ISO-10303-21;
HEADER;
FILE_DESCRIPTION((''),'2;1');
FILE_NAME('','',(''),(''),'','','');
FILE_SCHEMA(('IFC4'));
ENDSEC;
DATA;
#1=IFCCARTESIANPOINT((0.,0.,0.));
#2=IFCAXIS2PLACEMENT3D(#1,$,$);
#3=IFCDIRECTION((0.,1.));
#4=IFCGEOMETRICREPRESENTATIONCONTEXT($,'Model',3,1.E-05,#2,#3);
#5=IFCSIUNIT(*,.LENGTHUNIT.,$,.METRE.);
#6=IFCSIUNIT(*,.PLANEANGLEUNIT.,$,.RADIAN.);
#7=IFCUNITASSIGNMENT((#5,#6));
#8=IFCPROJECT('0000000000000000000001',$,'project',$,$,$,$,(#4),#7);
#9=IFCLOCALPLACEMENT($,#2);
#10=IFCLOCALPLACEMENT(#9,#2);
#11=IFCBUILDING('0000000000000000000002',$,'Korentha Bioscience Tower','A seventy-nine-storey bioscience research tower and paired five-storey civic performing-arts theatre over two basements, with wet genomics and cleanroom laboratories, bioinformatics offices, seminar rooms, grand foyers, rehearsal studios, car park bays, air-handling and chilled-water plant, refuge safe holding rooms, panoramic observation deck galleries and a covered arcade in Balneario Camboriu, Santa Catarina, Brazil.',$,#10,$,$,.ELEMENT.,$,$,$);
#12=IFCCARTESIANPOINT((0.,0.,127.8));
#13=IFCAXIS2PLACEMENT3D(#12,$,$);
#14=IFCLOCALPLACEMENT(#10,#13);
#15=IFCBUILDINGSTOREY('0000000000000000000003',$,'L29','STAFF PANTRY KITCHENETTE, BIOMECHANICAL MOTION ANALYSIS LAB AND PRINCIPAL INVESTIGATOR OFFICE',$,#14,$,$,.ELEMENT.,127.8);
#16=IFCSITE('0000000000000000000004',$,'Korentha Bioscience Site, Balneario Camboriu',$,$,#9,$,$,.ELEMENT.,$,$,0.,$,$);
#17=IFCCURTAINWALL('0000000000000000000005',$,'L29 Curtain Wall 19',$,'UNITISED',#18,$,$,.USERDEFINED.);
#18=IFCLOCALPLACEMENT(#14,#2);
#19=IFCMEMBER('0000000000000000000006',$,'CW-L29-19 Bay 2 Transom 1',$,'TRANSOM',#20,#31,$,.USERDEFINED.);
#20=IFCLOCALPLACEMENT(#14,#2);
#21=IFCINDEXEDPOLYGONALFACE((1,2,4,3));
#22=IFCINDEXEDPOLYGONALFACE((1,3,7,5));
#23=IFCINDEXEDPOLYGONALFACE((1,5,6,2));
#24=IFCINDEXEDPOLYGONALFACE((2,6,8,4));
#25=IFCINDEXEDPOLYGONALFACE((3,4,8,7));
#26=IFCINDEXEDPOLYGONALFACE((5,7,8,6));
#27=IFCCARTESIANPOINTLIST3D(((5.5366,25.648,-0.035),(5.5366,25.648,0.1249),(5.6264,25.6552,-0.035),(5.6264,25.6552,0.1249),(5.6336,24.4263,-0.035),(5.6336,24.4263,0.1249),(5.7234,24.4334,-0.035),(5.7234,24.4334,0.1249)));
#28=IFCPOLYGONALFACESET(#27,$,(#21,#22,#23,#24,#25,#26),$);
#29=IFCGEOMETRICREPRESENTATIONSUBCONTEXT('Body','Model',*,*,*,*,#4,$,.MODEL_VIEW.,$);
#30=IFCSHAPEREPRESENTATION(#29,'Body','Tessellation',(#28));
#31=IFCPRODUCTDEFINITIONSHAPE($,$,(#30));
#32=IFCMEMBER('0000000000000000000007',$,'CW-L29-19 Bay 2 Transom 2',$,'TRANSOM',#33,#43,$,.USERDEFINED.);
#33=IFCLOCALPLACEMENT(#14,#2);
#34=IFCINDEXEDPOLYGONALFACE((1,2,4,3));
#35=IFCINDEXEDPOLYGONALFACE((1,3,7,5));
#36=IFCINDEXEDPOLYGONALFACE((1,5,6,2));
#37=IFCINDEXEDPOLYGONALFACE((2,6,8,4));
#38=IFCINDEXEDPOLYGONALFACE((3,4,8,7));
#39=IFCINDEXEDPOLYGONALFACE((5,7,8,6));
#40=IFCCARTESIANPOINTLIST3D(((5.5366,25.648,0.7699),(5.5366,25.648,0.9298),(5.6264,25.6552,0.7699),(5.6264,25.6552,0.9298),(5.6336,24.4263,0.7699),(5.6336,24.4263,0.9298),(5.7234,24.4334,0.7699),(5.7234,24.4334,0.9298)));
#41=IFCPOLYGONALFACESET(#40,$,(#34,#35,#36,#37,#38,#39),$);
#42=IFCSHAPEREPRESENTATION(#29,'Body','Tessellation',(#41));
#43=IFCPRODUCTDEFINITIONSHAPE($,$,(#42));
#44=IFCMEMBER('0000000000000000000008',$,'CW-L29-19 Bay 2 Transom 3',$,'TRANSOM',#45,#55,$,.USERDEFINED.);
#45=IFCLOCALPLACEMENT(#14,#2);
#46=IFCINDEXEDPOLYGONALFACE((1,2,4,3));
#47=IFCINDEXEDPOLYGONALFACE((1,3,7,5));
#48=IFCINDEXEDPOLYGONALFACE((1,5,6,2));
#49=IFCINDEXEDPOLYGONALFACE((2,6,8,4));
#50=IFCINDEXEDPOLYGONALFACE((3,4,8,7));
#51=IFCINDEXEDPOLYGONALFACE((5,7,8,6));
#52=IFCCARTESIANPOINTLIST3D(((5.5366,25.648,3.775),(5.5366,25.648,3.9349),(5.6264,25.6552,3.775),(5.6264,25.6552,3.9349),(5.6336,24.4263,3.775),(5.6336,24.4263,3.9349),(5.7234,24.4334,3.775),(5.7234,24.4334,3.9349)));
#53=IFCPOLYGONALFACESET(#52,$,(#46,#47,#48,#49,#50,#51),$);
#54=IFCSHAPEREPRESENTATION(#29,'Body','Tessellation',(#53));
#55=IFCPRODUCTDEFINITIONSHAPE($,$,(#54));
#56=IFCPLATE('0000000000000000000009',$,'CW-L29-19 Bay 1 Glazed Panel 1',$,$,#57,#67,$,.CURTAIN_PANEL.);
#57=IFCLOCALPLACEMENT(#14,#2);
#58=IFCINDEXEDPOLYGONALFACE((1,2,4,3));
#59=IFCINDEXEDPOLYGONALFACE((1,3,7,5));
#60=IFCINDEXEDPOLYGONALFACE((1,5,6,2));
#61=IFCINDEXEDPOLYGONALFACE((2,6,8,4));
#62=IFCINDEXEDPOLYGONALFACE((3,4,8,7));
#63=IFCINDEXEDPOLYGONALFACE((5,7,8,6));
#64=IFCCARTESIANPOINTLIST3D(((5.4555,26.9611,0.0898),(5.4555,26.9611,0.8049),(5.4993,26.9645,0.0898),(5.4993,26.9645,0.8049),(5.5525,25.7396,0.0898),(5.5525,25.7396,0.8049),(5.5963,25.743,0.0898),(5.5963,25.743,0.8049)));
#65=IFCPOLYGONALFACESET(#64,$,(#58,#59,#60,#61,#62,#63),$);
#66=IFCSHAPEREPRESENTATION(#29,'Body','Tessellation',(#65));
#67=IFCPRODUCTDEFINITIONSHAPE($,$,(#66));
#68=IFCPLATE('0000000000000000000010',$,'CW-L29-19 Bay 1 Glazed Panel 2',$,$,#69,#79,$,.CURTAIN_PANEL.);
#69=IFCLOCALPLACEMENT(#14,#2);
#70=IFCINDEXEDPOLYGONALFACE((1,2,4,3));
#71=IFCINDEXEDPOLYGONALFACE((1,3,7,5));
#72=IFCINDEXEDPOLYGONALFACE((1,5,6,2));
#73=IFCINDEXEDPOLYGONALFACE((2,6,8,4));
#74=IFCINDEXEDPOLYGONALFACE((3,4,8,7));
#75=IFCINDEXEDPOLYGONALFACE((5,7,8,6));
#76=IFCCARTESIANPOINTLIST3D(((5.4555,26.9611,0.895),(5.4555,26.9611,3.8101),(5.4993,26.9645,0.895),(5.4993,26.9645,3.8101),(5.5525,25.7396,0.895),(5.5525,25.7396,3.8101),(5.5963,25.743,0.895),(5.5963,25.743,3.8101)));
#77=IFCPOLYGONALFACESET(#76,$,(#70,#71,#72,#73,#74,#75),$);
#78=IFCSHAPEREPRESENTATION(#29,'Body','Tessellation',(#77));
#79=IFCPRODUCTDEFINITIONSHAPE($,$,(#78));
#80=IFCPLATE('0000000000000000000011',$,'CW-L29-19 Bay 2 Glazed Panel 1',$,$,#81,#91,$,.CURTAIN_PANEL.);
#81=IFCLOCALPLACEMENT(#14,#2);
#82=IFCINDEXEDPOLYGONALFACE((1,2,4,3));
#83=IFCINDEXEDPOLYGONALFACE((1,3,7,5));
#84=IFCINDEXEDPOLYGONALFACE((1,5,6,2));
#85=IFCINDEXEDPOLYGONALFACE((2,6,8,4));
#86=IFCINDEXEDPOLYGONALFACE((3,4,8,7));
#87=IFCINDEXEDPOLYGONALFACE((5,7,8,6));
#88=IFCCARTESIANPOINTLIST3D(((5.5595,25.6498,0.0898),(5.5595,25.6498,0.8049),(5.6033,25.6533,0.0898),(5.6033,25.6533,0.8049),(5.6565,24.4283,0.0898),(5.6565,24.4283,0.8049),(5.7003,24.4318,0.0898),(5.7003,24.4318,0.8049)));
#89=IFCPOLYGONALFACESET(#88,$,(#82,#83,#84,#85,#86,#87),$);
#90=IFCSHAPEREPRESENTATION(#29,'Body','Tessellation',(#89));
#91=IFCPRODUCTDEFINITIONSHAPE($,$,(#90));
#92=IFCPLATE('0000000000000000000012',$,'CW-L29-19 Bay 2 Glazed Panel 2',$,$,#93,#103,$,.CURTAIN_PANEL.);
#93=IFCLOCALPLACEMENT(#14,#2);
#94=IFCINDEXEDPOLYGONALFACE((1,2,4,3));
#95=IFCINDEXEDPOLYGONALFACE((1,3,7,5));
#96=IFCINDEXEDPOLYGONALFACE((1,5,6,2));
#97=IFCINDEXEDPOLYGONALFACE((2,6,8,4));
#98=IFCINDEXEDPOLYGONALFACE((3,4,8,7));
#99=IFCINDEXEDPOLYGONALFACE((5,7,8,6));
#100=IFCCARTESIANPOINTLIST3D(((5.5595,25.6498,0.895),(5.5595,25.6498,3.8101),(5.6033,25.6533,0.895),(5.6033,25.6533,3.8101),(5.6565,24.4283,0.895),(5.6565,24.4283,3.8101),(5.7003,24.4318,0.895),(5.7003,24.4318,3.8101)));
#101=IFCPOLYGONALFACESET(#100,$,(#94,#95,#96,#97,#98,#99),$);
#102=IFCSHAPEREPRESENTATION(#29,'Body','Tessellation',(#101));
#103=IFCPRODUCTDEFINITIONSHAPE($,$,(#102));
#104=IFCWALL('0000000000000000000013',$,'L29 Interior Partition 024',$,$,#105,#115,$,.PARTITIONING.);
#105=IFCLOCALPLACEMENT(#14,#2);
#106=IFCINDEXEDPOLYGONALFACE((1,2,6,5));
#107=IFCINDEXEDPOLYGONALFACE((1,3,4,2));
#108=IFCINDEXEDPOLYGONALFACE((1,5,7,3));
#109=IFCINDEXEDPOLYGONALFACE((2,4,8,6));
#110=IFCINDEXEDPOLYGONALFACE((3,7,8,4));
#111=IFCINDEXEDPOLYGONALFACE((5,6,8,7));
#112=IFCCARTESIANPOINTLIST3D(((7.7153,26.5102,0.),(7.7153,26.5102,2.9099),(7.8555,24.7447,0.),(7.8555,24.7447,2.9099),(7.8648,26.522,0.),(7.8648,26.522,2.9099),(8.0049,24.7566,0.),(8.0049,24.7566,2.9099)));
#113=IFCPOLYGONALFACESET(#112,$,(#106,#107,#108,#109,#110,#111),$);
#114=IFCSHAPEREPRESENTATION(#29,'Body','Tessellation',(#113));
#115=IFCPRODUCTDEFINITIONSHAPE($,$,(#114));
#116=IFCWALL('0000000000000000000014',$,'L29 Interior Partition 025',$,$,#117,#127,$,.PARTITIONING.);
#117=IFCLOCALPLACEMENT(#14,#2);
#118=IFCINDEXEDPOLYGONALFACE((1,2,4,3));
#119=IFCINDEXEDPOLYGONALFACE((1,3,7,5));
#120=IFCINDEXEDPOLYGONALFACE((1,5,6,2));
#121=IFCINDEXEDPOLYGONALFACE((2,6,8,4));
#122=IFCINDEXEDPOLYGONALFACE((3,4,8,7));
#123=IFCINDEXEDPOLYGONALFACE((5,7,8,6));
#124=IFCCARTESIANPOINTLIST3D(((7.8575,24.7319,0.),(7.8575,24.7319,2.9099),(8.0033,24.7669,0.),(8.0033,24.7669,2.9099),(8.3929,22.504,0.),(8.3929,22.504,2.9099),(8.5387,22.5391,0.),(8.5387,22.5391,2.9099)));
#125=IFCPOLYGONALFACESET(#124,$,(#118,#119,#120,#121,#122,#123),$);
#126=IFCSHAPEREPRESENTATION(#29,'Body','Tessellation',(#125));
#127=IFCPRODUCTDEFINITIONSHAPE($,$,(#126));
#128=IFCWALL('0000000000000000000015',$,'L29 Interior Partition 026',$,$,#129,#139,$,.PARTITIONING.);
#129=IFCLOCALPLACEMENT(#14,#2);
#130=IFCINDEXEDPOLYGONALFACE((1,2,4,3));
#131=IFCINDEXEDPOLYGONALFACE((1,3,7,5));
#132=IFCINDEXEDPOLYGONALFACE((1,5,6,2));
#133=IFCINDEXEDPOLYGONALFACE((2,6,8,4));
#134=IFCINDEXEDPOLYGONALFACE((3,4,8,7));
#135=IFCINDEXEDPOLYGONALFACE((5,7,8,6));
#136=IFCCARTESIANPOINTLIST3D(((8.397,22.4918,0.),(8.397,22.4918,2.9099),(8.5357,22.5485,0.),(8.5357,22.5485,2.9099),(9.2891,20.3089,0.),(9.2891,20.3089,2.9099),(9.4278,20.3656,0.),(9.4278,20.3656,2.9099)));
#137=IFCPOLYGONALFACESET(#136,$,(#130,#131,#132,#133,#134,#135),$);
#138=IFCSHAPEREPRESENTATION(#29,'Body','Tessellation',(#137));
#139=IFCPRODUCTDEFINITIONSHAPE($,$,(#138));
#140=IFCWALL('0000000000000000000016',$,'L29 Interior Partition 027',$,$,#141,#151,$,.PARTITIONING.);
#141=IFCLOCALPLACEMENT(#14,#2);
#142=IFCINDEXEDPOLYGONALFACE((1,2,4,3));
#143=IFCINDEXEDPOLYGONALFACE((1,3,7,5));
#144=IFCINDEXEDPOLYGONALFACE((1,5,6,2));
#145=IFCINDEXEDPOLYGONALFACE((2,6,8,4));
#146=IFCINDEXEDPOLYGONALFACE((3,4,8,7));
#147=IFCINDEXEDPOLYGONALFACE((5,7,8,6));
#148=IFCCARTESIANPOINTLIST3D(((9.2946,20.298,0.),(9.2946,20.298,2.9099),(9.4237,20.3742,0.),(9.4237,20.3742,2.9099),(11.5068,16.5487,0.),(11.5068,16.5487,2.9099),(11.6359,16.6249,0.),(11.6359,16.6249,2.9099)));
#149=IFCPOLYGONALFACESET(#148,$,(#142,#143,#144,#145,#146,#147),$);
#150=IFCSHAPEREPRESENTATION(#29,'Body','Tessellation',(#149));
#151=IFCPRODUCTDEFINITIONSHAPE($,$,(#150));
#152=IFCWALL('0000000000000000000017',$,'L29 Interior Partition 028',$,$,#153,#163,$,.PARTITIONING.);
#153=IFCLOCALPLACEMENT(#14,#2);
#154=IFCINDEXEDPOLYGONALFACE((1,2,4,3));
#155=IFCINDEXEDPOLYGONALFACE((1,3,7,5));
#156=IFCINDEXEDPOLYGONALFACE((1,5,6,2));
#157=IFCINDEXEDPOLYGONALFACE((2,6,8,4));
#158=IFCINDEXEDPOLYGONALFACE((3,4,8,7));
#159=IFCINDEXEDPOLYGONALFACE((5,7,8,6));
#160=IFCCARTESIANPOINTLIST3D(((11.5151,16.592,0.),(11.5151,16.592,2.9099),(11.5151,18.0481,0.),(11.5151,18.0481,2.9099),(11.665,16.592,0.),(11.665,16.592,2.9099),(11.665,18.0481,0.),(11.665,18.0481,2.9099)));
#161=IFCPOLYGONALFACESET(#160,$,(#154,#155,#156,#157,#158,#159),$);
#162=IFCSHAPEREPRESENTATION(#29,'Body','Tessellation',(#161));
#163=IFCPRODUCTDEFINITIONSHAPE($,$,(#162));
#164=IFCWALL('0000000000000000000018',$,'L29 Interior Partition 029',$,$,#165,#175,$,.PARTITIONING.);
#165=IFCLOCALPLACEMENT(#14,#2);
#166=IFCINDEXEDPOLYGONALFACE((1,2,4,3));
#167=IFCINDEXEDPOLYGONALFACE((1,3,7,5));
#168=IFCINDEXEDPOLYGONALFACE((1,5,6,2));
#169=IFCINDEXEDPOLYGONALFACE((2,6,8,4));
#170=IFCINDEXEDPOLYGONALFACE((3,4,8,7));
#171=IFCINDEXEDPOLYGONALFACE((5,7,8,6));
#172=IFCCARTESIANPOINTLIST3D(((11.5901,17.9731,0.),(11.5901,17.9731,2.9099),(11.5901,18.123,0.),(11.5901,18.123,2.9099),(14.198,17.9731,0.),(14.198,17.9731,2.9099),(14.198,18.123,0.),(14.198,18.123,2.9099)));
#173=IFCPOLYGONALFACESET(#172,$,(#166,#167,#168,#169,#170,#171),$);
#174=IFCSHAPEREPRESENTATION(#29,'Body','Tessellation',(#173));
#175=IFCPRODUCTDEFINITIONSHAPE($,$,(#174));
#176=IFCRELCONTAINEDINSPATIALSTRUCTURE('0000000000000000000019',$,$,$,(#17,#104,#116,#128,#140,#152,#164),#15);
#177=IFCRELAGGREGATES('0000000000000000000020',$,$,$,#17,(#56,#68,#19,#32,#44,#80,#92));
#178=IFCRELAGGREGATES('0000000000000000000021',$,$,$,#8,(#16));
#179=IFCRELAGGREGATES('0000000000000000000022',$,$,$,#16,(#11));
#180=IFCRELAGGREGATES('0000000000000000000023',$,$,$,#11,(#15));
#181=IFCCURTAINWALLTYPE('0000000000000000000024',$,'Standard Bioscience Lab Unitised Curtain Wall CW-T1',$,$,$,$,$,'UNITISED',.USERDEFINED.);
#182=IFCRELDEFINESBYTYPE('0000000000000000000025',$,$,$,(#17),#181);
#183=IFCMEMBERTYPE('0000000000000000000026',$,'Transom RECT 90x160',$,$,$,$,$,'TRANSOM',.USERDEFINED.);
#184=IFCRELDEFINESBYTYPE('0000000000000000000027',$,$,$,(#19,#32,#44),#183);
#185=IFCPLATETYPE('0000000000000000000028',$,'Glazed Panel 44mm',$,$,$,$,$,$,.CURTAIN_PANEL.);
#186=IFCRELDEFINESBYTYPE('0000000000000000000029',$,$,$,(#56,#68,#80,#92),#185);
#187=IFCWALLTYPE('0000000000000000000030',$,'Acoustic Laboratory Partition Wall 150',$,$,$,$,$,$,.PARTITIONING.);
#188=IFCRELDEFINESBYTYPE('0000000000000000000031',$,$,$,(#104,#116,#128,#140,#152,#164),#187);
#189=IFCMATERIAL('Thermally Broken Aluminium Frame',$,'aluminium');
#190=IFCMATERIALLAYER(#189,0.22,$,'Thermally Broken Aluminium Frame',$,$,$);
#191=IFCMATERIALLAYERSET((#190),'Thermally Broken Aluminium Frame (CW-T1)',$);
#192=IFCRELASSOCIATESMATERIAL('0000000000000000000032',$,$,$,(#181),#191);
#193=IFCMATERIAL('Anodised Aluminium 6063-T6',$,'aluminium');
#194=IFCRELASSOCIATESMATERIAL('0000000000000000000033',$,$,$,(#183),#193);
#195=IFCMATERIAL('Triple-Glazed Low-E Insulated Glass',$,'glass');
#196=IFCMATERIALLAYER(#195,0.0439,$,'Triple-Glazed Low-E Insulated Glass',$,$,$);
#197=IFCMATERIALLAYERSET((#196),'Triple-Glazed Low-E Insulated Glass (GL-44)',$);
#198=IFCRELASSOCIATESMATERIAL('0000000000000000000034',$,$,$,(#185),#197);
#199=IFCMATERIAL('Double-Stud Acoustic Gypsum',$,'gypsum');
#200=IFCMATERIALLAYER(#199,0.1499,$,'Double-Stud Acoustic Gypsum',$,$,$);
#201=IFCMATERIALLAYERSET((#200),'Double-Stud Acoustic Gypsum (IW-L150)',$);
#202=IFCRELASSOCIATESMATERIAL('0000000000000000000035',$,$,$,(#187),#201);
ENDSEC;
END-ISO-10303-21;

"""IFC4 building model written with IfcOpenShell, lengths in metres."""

from ifc_helpers import new_model, si_unit, direction, frame, frame_2d, origin, origin_2d, place, context, subcontext, project, spatial, rectangle, extrude, material, layer, layer_set, material_profile, profile_set, type_object, element, aggregate, save


model = new_model("IFC4")

# Units and contexts
model_context = context("Model", 3, precision=1e-05, world=origin(), true_north=direction((0.0, 1.0)))
body_context = subcontext(model_context, "Body", "Model", "MODEL_VIEW")
ifc_project = project(units=[si_unit("LENGTHUNIT", "METRE"), si_unit("PLANEANGLEUNIT", "RADIAN")], contexts=[model_context])

# Site, building, storey
site_placement = place(None, origin())
site = spatial("IfcSite", under=ifc_project, at=site_placement, Name="Korentha Bioscience Site, Balneario Camboriu", CompositionType="ELEMENT", RefElevation=0.0)
building_placement = place(site_placement, origin())
building = spatial("IfcBuilding", under=site, at=building_placement, Name="Korentha Bioscience Tower", Description="A seventy-nine-storey bioscience research tower and paired five-storey civic performing-arts theatre over two basements, with wet genomics and cleanroom laboratories, bioinformatics offices, seminar rooms, grand foyers, rehearsal studios, car park bays, air-handling and chilled-water plant, refuge safe holding rooms, panoramic observation deck galleries and a covered arcade in Balneario Camboriu, Santa Catarina, Brazil.", CompositionType="ELEMENT")
storey_placement = place(building_placement, frame((0.0, 0.0, 127.8)))
storey = spatial("IfcBuildingStorey", under=building, at=storey_placement, Name="L29", Description="STAFF PANTRY KITCHENETTE, BIOMECHANICAL MOTION ANALYSIS LAB AND PRINCIPAL INVESTIGATOR OFFICE", CompositionType="ELEMENT", Elevation=127.8)

# Curtain wall
ifc_material_1 = material(Name="Thermally Broken Aluminium Frame", Category="aluminium")
ifc_layer_1 = layer(ifc_material_1, 0.22, Name="Thermally Broken Aluminium Frame")
ifc_layer_set_1 = layer_set([ifc_layer_1], Name="Thermally Broken Aluminium Frame (CW-T1)")
curtain_wall_type = type_object("IfcCurtainWallType", Name="Standard Bioscience Lab Unitised Curtain Wall CW-T1", ElementType="UNITISED", PredefinedType="USERDEFINED", material=ifc_layer_set_1)
curtain_wall_placement = place(storey_placement, origin())
curtain_wall = element("IfcCurtainWall", 1, at=curtain_wall_placement, inside=storey, type_object=curtain_wall_type, Name="L29 Curtain Wall 19", ObjectType="UNITISED", PredefinedType="USERDEFINED")
ifc_material_2 = material(Name="Anodised Aluminium 6063-T6", Category="aluminium")

# Members
ifc_material_profile_1 = material_profile(ifc_material_2, rectangle(XDim=0.0901, YDim=0.1599, at=origin_2d()), Name="Anodised Aluminium 6063-T6")
ifc_profile_set_1 = profile_set([ifc_material_profile_1], Name="Anodised Aluminium 6063-T6 (CW-TRN)")
member_type_1 = type_object("IfcMemberType", Name="Transom RECT 90x160", ElementType="TRANSOM", PredefinedType="USERDEFINED", material=ifc_profile_set_1)
member_1_placement = place(storey_placement, frame((5.5815, 25.6516, 0.0449), z_axis=(0.079088, -0.996868, 0.0), x_axis=(0.996868, 0.079088, 0.0)))
member_1 = element("IfcMember", 2, at=member_1_placement, type_object=member_type_1, Name="CW-L29-19 Bay 2 Transom 1", ObjectType="TRANSOM", PredefinedType="USERDEFINED", context=body_context, shape_type="SweptSolid", body=[
    extrude(rectangle(XDim=0.0901, YDim=0.1599, at=origin_2d()), origin(), (0.0, 0.0, 1.0), 1.2256),
])
member_2_placement = place(storey_placement, frame((5.5815, 25.6516, 0.8499), z_axis=(0.079088, -0.996868, 0.0), x_axis=(0.996868, 0.079088, 0.0)))
member_2 = element("IfcMember", 3, at=member_2_placement, type_object=member_type_1, Name="CW-L29-19 Bay 2 Transom 2", ObjectType="TRANSOM", PredefinedType="USERDEFINED", context=body_context, shape_type="SweptSolid", body=[
    extrude(rectangle(XDim=0.0901, YDim=0.1599, at=origin_2d()), origin(), (0.0, 0.0, 1.0), 1.2256),
])
member_3_placement = place(storey_placement, frame((5.5815, 25.6516, 3.855), z_axis=(0.079088, -0.996868, 0.0), x_axis=(0.996868, 0.079088, 0.0)))
member_3 = element("IfcMember", 4, at=member_3_placement, type_object=member_type_1, Name="CW-L29-19 Bay 2 Transom 3", ObjectType="TRANSOM", PredefinedType="USERDEFINED", context=body_context, shape_type="SweptSolid", body=[
    extrude(rectangle(XDim=0.0901, YDim=0.1599, at=origin_2d()), origin(), (0.0, 0.0, 1.0), 1.2256),
])

# Plates
ifc_material_3 = material(Name="Triple-Glazed Low-E Insulated Glass", Category="glass")
ifc_layer_2 = layer(ifc_material_3, 0.0439, Name="Triple-Glazed Low-E Insulated Glass")
ifc_layer_set_2 = layer_set([ifc_layer_2], Name="Triple-Glazed Low-E Insulated Glass (GL-44)")
plate_type = type_object("IfcPlateType", Name="Glazed Panel 44mm", PredefinedType="CURTAIN_PANEL", material=ifc_layer_set_2)
plate_1_placement = place(storey_placement, frame((5.5259, 26.3521, 0.0898), z_axis=(0.0, 0.0, 1.0), x_axis=(0.07913, -0.996864, 0.0)))
plate_1 = element("IfcPlate", 5, at=plate_1_placement, type_object=plate_type, Name="CW-L29-19 Bay 1 Glazed Panel 1", PredefinedType="CURTAIN_PANEL", context=body_context, shape_type="SweptSolid", body=[
    extrude(rectangle(XDim=1.2253, YDim=0.0439, at=origin_2d()), origin(), (0.0, 0.0, 1.0), 0.7151),
])
plate_2_placement = place(storey_placement, frame((5.5259, 26.3521, 0.895), z_axis=(0.0, 0.0, 1.0), x_axis=(0.07913, -0.996864, 0.0)))
plate_2 = element("IfcPlate", 6, at=plate_2_placement, type_object=plate_type, Name="CW-L29-19 Bay 1 Glazed Panel 2", PredefinedType="CURTAIN_PANEL", context=body_context, shape_type="SweptSolid", body=[
    extrude(rectangle(XDim=1.2253, YDim=0.0439, at=origin_2d()), origin(), (0.0, 0.0, 1.0), 2.915),
])
plate_3_placement = place(storey_placement, frame((5.6299, 25.0408, 0.0898), z_axis=(0.0, 0.0, 1.0), x_axis=(0.07913, -0.996864, 0.0)))
plate_3 = element("IfcPlate", 7, at=plate_3_placement, type_object=plate_type, Name="CW-L29-19 Bay 2 Glazed Panel 1", PredefinedType="CURTAIN_PANEL", context=body_context, shape_type="SweptSolid", body=[
    extrude(rectangle(XDim=1.2253, YDim=0.0439, at=origin_2d()), origin(), (0.0, 0.0, 1.0), 0.7151),
])
plate_4_placement = place(storey_placement, frame((5.6299, 25.0408, 0.895), z_axis=(0.0, 0.0, 1.0), x_axis=(0.07913, -0.996864, 0.0)))
plate_4 = element("IfcPlate", 8, at=plate_4_placement, type_object=plate_type, Name="CW-L29-19 Bay 2 Glazed Panel 2", PredefinedType="CURTAIN_PANEL", context=body_context, shape_type="SweptSolid", body=[
    extrude(rectangle(XDim=1.2253, YDim=0.0439, at=origin_2d()), origin(), (0.0, 0.0, 1.0), 2.915),
])
aggregate(curtain_wall, [plate_1, plate_2, member_1, member_2, member_3, plate_3, plate_4])

# Walls
ifc_material_4 = material(Name="Double-Stud Acoustic Gypsum", Category="gypsum")
ifc_layer_3 = layer(ifc_material_4, 0.1499, Name="Double-Stud Acoustic Gypsum")
ifc_layer_set_3 = layer_set([ifc_layer_3], Name="Double-Stud Acoustic Gypsum (IW-L150)")
wall_type_1 = type_object("IfcWallType", Name="Acoustic Laboratory Partition Wall 150", PredefinedType="PARTITIONING", material=ifc_layer_set_3)
wall_1_placement = place(storey_placement, frame((7.79, 26.5161, 0.0), z_axis=(0.0, 0.0, 1.0), x_axis=(0.079132, -0.996864, 0.0)))
element("IfcWall", 9, at=wall_1_placement, inside=storey, type_object=wall_type_1, Name="L29 Interior Partition 024", PredefinedType="PARTITIONING", context=body_context, shape_type="SweptSolid", body=[
    extrude(rectangle(XDim=1.771, YDim=0.1499, at=frame_2d((0.8855, 0.0))), origin(), (0.0, 0.0, 1.0), 2.9099),
])
wall_2_placement = place(storey_placement, frame((7.9304, 24.7493, 0.0), z_axis=(0.0, 0.0, 1.0), x_axis=(0.233675, -0.972315, 0.0)))
element("IfcWall", 10, at=wall_2_placement, inside=storey, type_object=wall_type_1, Name="L29 Interior Partition 025", PredefinedType="PARTITIONING", context=body_context, shape_type="SweptSolid", body=[
    extrude(rectangle(XDim=2.2913, YDim=0.1499, at=frame_2d((1.1455, 0.0))), origin(), (0.0, 0.0, 1.0), 2.9099),
])
wall_3_placement = place(storey_placement, frame((8.4663, 22.5203, 0.0), z_axis=(0.0, 0.0, 1.0), x_axis=(0.378306, -0.92568, 0.0)))
element("IfcWall", 11, at=wall_3_placement, inside=storey, type_object=wall_type_1, Name="L29 Interior Partition 026", PredefinedType="PARTITIONING", context=body_context, shape_type="SweptSolid", body=[
    extrude(rectangle(XDim=2.3582, YDim=0.1499, at=frame_2d((1.1792, 0.0))), origin(), (0.0, 0.0, 1.0), 2.9099),
])
wall_4_placement = place(storey_placement, frame((9.3591, 20.3362, 0.0), z_axis=(0.0, 0.0, 1.0), x_axis=(0.508164, -0.86126, 0.0)))
element("IfcWall", 12, at=wall_4_placement, inside=storey, type_object=wall_type_1, Name="L29 Interior Partition 027", PredefinedType="PARTITIONING", context=body_context, shape_type="SweptSolid", body=[
    extrude(rectangle(XDim=4.3533, YDim=0.1499, at=frame_2d((2.1768, 0.0))), origin(), (0.0, 0.0, 1.0), 2.9099),
])
wall_5_placement = place(storey_placement, frame((11.5901, 16.592, 0.0), z_axis=(0.0, 0.0, 1.0), x_axis=(0.0, 1.0, 0.0)))
element("IfcWall", 13, at=wall_5_placement, inside=storey, type_object=wall_type_1, Name="L29 Interior Partition 028", PredefinedType="PARTITIONING", context=body_context, shape_type="SweptSolid", body=[
    extrude(rectangle(XDim=1.4561, YDim=0.1499, at=frame_2d((0.728, 0.0))), origin(), (0.0, 0.0, 1.0), 2.9099),
])
wall_6_placement = place(storey_placement, frame((11.5901, 18.0481, 0.0), z_axis=(0.0, 0.0, 1.0), x_axis=(1.0, 0.0, 0.0)))
element("IfcWall", 14, at=wall_6_placement, inside=storey, type_object=wall_type_1, Name="L29 Interior Partition 029", PredefinedType="PARTITIONING", context=body_context, shape_type="SweptSolid", body=[
    extrude(rectangle(XDim=2.6079, YDim=0.1499, at=frame_2d((1.304, 0.0))), origin(), (0.0, 0.0, 1.0), 2.9099),
])

save(model, "model.ifc")
